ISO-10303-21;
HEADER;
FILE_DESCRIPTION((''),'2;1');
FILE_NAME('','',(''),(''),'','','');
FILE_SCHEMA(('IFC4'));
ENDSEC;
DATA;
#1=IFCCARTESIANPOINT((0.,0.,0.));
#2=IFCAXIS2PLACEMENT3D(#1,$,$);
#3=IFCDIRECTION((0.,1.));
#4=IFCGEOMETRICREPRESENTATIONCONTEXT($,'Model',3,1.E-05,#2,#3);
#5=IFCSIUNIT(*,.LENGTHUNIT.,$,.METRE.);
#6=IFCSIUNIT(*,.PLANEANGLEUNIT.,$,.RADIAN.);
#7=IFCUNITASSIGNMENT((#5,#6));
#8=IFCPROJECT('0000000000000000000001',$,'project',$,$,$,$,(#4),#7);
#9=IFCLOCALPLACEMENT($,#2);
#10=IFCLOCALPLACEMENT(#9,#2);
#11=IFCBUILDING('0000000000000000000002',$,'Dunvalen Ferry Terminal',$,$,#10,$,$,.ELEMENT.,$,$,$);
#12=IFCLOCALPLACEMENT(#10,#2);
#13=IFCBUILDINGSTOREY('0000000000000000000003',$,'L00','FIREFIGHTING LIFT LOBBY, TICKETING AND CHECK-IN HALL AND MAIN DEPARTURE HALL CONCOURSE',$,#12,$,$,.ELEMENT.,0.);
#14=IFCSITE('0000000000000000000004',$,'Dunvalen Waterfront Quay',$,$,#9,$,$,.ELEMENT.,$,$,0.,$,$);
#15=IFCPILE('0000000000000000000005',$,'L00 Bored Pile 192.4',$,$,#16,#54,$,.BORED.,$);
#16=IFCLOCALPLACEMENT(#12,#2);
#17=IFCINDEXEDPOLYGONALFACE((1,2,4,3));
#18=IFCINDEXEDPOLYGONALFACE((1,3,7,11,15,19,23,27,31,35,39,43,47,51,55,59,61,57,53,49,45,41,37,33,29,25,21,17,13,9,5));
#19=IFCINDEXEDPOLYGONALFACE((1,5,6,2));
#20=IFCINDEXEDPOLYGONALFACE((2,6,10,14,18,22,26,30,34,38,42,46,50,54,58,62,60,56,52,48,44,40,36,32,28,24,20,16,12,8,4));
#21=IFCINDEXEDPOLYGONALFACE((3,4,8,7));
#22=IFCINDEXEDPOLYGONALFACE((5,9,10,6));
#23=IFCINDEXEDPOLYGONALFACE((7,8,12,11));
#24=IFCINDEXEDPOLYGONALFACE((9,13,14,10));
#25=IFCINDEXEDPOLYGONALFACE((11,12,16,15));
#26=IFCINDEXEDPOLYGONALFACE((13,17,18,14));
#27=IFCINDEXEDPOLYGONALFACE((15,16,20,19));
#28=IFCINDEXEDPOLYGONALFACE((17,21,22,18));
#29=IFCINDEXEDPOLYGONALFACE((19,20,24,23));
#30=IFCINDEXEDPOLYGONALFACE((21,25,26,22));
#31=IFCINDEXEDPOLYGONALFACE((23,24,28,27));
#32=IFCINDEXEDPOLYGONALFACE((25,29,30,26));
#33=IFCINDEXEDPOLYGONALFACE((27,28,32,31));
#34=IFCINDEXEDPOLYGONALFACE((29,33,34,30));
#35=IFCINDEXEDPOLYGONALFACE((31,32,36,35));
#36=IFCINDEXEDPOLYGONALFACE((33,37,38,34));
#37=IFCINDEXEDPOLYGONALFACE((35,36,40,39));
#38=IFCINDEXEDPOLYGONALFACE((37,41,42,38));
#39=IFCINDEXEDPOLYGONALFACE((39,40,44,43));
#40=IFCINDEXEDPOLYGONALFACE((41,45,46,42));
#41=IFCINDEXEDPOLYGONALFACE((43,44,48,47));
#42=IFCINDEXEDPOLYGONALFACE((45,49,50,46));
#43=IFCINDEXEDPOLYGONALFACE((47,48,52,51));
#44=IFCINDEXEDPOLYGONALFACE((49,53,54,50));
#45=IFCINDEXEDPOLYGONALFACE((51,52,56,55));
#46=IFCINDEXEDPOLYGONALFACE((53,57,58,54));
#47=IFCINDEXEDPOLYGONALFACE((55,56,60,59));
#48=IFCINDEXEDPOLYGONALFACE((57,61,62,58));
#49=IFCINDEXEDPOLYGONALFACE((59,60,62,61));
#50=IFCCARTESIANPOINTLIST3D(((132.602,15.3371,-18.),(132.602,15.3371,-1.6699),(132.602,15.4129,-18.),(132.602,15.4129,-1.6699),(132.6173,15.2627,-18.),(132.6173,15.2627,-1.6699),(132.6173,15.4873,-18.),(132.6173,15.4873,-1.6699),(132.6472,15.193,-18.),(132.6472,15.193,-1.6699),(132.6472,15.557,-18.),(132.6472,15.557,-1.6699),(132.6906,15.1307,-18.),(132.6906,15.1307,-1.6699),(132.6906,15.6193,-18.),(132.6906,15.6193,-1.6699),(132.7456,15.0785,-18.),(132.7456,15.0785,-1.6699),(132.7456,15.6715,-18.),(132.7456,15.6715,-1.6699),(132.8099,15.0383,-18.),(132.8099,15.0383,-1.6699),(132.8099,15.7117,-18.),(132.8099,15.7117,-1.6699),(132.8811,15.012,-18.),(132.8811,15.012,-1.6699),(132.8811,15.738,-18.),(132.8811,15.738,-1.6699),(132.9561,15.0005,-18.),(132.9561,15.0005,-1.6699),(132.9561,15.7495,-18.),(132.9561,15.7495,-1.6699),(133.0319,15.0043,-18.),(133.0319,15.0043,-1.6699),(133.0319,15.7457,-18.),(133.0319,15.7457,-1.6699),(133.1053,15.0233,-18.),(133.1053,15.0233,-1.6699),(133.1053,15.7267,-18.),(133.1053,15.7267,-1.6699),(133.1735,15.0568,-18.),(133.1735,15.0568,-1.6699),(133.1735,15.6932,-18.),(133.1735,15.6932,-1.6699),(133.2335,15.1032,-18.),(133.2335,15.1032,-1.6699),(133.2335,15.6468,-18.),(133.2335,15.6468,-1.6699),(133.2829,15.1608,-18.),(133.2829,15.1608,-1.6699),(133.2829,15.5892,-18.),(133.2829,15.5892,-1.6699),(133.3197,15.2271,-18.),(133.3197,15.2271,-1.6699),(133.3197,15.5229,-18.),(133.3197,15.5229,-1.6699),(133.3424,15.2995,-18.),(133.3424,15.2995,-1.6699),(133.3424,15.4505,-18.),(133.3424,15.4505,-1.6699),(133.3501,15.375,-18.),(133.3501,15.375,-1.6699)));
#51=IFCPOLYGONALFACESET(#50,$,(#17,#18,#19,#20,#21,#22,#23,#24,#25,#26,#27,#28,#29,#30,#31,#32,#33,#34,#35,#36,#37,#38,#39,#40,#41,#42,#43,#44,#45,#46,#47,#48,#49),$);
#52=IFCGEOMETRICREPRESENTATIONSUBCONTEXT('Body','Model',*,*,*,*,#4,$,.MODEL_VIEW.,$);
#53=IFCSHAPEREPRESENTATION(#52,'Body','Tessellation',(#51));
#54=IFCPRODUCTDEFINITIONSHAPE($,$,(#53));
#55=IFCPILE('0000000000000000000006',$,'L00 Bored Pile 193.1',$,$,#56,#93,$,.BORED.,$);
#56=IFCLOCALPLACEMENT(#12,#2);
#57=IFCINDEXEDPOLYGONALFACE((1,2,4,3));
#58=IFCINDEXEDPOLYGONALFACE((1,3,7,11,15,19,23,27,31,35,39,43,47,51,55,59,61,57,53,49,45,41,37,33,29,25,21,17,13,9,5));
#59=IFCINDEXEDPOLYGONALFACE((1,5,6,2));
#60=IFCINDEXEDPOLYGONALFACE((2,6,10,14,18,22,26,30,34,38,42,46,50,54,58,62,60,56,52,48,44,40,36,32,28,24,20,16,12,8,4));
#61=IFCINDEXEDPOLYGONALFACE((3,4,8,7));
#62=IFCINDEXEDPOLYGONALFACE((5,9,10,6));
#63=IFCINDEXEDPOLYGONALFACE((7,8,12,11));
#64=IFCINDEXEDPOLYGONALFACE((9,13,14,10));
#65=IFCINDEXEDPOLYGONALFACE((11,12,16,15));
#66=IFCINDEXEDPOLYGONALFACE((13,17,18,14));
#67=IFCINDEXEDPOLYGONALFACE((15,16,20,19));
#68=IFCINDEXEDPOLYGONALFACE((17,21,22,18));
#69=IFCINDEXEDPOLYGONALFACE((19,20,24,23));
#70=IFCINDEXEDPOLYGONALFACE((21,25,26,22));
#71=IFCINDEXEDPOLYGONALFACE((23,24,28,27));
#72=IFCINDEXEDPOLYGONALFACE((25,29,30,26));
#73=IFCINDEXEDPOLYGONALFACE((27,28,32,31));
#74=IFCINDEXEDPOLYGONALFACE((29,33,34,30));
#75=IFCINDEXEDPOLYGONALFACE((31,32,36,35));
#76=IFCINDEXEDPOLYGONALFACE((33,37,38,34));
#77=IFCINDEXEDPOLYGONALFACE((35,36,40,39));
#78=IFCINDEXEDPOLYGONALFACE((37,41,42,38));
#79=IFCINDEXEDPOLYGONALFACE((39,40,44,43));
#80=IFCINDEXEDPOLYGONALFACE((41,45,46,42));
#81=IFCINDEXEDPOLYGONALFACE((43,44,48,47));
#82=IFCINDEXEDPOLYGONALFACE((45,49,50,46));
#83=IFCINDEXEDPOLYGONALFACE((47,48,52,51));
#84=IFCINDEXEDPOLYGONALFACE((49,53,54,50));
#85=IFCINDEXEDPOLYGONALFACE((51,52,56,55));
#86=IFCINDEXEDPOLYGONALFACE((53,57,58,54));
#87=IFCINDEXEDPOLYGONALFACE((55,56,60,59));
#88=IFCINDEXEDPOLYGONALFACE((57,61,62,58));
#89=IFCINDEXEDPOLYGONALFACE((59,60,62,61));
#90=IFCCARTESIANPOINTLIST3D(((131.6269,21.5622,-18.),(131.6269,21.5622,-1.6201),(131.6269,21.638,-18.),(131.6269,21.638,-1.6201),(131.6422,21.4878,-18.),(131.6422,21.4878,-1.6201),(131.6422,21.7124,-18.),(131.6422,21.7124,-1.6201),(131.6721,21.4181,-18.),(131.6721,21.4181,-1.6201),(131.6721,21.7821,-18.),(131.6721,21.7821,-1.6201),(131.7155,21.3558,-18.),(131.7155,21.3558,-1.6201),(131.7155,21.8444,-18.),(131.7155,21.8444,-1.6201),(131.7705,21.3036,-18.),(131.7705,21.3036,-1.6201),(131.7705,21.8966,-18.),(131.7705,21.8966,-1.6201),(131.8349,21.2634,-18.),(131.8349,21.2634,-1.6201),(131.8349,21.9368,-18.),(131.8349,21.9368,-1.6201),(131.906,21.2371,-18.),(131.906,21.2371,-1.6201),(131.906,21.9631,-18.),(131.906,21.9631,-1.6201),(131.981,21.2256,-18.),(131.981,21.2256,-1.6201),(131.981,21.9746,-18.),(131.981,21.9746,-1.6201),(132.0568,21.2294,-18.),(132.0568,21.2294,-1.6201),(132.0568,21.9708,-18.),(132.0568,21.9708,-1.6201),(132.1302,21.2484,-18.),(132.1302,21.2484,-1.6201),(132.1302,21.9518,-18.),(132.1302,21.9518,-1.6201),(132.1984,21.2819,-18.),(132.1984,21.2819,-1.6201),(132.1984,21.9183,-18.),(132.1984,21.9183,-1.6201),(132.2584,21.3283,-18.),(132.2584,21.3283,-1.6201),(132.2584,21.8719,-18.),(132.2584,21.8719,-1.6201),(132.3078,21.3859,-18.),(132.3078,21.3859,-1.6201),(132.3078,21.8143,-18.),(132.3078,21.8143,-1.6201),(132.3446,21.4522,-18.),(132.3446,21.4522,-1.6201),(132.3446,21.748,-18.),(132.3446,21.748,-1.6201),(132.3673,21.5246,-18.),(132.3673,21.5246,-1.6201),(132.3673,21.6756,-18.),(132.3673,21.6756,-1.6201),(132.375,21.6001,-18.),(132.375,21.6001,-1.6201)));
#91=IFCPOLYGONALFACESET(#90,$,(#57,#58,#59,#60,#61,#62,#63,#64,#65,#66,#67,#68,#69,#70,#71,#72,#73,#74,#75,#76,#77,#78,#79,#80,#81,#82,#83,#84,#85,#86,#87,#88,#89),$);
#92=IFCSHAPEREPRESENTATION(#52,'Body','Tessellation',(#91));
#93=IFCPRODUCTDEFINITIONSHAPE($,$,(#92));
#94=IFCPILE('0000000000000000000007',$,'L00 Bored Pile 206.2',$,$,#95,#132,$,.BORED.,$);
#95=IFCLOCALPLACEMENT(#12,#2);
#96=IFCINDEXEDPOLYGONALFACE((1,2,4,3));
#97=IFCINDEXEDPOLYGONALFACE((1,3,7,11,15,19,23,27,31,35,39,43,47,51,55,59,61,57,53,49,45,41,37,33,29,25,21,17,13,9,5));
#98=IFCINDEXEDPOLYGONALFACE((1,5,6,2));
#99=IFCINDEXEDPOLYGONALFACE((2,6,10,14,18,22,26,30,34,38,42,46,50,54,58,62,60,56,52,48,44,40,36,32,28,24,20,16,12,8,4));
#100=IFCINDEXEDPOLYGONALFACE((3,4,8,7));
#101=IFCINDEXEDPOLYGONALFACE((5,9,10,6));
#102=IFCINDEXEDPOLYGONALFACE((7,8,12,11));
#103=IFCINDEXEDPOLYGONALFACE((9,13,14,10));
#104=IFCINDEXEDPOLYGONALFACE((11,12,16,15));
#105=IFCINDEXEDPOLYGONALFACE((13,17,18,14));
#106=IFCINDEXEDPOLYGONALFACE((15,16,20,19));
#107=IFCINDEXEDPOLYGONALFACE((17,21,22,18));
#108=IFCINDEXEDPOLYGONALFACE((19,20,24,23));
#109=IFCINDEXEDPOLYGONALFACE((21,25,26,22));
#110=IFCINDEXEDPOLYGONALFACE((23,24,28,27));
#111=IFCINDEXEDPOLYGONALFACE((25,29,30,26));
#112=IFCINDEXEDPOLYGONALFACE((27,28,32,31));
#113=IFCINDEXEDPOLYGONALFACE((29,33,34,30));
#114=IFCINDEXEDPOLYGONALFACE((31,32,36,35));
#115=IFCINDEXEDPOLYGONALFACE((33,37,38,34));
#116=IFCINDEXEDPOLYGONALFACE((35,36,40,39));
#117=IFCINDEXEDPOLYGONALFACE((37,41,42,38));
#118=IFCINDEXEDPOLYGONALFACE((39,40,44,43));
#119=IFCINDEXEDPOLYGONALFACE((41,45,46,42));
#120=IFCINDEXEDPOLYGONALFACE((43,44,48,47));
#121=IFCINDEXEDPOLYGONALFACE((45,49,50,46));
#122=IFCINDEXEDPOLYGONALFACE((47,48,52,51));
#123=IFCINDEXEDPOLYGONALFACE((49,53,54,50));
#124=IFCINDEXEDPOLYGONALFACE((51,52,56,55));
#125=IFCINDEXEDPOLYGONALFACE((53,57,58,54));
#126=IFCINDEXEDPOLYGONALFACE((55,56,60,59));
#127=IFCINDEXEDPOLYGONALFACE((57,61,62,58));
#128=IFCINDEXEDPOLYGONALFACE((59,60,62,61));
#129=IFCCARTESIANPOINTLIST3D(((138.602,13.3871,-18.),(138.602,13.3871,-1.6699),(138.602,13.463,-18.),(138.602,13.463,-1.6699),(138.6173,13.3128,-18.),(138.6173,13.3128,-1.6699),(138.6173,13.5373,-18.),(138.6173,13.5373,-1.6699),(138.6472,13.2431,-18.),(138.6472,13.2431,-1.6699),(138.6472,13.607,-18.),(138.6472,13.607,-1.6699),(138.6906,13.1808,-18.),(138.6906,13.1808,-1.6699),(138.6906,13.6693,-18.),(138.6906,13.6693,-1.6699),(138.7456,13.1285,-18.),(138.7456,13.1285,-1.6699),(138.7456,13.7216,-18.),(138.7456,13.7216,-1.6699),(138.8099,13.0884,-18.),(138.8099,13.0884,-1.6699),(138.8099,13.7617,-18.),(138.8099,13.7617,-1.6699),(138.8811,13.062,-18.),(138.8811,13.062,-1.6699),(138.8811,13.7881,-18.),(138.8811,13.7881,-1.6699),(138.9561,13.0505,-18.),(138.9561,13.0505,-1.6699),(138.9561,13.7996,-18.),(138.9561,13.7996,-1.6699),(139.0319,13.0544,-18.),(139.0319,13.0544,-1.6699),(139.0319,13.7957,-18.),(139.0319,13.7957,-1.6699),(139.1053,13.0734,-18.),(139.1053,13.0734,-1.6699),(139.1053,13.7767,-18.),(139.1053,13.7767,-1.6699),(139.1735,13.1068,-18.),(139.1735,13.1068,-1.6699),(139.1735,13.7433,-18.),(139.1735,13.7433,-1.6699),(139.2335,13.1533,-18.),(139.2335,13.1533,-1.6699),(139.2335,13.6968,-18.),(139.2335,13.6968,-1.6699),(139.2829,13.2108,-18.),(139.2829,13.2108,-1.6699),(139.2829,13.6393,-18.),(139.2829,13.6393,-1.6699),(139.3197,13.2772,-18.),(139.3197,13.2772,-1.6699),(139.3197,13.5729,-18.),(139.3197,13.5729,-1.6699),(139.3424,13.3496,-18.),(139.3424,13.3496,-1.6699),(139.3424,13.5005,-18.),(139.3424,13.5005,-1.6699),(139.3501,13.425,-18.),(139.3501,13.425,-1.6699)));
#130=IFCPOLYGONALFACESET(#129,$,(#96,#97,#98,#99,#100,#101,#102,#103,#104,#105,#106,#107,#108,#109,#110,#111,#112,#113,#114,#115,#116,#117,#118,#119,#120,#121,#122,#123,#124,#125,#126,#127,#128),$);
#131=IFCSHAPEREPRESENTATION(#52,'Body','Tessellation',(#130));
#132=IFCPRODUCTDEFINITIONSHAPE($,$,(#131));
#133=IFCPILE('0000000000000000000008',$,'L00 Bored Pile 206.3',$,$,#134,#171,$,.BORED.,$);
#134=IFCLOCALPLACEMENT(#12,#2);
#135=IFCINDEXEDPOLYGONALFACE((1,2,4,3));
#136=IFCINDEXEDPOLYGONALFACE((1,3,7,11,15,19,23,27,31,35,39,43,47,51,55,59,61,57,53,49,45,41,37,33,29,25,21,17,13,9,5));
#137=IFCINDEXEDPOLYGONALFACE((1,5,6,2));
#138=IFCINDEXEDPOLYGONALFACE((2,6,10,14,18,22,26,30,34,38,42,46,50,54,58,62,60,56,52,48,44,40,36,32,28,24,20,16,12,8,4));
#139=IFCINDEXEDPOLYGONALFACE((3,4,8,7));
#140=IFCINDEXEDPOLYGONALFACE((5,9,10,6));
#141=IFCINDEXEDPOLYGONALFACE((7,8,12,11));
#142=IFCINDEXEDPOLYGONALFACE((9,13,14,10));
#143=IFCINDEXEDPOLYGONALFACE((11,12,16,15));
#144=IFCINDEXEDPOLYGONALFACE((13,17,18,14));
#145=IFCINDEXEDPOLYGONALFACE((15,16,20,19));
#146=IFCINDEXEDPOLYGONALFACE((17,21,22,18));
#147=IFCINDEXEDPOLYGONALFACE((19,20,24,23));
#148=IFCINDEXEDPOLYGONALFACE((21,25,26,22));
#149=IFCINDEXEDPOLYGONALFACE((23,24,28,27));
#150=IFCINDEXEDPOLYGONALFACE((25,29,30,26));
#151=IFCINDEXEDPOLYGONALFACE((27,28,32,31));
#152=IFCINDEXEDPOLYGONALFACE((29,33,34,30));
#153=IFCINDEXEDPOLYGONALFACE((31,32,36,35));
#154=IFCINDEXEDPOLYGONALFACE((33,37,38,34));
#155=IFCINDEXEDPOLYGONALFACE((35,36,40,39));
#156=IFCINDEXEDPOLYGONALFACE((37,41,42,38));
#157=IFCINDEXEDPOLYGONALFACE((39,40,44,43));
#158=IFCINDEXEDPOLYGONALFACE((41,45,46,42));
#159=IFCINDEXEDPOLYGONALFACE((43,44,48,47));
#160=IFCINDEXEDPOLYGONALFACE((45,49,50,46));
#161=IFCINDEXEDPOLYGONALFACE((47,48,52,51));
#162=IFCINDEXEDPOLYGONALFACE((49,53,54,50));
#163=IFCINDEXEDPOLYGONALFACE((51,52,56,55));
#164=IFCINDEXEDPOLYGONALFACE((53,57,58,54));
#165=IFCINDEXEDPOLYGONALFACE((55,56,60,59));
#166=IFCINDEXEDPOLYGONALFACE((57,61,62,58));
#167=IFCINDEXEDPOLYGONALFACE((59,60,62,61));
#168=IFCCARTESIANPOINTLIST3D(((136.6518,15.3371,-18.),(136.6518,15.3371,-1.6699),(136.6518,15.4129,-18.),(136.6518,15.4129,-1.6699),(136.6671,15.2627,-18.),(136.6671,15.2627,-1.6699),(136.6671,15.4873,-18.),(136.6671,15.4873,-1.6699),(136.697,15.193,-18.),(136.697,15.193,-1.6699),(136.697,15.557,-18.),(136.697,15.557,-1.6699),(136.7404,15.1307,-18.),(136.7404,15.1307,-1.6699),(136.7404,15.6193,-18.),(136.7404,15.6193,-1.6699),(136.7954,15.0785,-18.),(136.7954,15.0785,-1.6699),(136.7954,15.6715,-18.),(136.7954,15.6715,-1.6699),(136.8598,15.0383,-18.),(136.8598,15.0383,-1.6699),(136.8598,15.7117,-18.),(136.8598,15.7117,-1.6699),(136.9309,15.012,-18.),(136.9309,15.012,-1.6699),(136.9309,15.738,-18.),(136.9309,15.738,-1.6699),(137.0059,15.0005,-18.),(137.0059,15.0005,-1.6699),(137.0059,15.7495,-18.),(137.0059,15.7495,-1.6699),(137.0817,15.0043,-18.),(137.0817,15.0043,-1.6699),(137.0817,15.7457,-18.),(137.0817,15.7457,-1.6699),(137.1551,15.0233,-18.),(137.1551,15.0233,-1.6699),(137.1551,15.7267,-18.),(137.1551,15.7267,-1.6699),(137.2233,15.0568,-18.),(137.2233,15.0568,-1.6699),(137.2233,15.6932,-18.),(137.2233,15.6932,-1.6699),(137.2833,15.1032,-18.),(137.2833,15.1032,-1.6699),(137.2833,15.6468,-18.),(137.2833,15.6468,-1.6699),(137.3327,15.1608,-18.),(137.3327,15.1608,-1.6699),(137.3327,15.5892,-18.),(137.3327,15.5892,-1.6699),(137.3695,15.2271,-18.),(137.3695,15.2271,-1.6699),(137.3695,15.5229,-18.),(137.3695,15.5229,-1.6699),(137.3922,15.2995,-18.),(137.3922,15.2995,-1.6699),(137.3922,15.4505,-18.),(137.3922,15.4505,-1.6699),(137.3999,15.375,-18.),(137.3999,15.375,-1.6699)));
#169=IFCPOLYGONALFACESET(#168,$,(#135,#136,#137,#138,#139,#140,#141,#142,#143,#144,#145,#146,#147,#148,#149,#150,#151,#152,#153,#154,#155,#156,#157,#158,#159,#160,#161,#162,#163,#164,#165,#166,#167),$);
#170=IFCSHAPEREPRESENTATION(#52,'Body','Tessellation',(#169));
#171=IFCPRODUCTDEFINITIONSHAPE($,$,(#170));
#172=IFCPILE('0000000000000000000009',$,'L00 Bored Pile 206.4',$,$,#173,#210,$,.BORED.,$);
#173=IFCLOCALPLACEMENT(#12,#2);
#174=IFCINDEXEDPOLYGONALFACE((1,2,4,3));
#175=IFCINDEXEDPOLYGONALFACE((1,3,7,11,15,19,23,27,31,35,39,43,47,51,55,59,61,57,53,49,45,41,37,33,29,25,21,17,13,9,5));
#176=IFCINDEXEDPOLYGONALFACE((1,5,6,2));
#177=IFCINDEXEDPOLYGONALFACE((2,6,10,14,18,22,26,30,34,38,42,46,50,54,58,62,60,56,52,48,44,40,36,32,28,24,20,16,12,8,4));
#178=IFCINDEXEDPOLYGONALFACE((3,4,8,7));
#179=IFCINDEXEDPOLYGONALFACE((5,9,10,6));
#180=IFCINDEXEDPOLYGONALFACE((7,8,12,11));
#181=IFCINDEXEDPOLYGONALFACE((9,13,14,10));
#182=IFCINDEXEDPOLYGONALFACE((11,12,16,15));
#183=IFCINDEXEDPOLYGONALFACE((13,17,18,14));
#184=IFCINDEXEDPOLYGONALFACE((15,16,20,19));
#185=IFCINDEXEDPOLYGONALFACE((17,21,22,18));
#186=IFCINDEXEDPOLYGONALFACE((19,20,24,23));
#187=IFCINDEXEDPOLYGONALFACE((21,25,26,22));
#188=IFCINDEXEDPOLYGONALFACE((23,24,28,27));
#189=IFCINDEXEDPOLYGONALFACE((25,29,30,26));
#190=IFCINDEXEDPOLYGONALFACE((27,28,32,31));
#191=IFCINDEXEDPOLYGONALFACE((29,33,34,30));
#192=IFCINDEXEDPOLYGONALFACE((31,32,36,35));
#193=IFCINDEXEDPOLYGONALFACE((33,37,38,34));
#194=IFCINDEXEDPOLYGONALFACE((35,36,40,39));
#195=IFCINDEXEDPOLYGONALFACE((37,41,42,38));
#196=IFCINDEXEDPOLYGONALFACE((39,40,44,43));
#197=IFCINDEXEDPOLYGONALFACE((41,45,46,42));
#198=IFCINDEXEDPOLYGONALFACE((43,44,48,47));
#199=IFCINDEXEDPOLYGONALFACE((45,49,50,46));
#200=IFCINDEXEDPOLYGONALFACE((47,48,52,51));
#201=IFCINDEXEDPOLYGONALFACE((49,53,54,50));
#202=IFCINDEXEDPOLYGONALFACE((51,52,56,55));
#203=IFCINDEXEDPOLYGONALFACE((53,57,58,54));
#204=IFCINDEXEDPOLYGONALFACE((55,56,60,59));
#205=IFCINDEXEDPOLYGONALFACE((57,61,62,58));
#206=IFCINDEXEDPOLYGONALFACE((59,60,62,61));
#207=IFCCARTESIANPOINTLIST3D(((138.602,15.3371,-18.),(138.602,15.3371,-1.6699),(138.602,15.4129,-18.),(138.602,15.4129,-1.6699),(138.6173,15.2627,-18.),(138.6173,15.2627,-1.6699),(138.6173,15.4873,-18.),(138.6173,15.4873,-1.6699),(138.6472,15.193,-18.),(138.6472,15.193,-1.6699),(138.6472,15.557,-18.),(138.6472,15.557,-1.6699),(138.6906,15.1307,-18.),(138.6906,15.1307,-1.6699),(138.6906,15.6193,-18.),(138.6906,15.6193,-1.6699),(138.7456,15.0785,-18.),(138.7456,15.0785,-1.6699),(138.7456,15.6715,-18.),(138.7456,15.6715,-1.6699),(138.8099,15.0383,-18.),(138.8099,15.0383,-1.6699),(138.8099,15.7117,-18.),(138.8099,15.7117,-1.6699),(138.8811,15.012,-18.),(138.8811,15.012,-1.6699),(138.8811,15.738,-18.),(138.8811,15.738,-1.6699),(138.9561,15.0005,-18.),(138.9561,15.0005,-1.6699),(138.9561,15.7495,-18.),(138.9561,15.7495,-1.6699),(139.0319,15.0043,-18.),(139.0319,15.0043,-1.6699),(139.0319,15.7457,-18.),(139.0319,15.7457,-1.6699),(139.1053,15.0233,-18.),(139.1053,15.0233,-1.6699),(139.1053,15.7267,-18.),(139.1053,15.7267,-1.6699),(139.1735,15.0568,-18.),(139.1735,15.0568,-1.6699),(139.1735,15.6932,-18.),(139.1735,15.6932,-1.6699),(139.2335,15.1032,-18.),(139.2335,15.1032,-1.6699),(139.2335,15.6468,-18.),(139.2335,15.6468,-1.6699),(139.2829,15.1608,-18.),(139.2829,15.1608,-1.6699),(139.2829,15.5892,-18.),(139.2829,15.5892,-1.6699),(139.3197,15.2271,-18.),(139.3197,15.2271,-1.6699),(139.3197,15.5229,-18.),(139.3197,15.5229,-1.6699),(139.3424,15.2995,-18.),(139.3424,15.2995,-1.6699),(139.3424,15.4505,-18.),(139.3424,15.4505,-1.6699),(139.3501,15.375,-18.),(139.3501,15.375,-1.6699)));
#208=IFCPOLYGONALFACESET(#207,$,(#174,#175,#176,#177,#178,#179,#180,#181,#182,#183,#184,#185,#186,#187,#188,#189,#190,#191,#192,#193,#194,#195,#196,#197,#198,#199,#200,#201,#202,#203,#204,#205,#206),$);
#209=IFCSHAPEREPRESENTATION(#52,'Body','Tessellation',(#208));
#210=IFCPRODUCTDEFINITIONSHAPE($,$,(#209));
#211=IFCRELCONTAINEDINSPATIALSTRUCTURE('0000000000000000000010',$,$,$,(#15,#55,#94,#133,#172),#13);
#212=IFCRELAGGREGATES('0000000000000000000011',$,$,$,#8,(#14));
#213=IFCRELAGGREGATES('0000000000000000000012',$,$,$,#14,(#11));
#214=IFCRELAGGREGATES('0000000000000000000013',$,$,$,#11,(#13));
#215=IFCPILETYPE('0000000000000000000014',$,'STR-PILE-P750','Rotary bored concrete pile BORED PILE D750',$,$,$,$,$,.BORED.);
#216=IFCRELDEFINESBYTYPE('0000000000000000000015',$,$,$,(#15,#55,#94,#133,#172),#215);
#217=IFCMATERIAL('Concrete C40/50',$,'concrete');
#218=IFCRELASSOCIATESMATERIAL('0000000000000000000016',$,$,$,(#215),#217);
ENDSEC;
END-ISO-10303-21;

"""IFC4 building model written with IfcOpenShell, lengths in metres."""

from ifc_helpers import new_model, si_unit, direction, frame, origin, origin_2d, place, context, subcontext, project, spatial, circle, extrude, material, material_profile, profile_set, type_object, element, save


model = new_model("IFC4")

# Units and contexts
model_context = context("Model", 3, precision=1e-05, world=origin(), true_north=direction((0.0, 1.0)))
body_context = subcontext(model_context, "Body", "Model", "MODEL_VIEW")
ifc_project = project(units=[si_unit("LENGTHUNIT", "METRE"), si_unit("PLANEANGLEUNIT", "RADIAN")], contexts=[model_context])

# Site, building, storey
site_placement = place(None, origin())
site = spatial("IfcSite", under=ifc_project, at=site_placement, Name="Dunvalen Waterfront Quay", CompositionType="ELEMENT", RefElevation=0.0)
building_placement = place(site_placement, origin())
building = spatial("IfcBuilding", under=site, at=building_placement, Name="Dunvalen Ferry Terminal", CompositionType="ELEMENT")
storey_placement = place(building_placement, origin())
storey = spatial("IfcBuildingStorey", under=building, at=storey_placement, Name="L00", Description="FIREFIGHTING LIFT LOBBY, TICKETING AND CHECK-IN HALL AND MAIN DEPARTURE HALL CONCOURSE", CompositionType="ELEMENT", Elevation=0.0)

# Shared definitions
ifc_material = material(Name="Concrete C40/50", Category="concrete")

# Piles
ifc_material_profile_1 = material_profile(ifc_material, circle(Radius=0.375, at=origin_2d()), Name="Concrete C40/50")
ifc_profile_set_1 = profile_set([ifc_material_profile_1], Name="Concrete C40/50")
pile_type = type_object("IfcPileType", Name="STR-PILE-P750", Description="Rotary bored concrete pile BORED PILE D750", PredefinedType="BORED", material=ifc_profile_set_1)
for number, where, z_axis, x_axis, name in (
    (1, (132.9751, 15.375, -1.6699), (0.0, 0.0, -1.0), (1.0, 0.0, 0.0), "L00 Bored Pile 192.4"),
):
    element("IfcPile", number, at=place(storey_placement, frame(where, z_axis=z_axis, x_axis=x_axis)), inside=storey, type_object=pile_type, Name=name, PredefinedType="BORED", context=body_context, shape_type="SweptSolid", body=[
        extrude(circle(Radius=0.375, at=origin_2d()), origin(), (0.0, 0.0, 1.0), 16.3301),
    ])
pile_1_placement = place(storey_placement, frame((132.0, 21.6001, -1.6201), z_axis=(0.0, 0.0, -1.0), x_axis=(1.0, 0.0, 0.0)))
element("IfcPile", 2, at=pile_1_placement, inside=storey, type_object=pile_type, Name="L00 Bored Pile 193.1", PredefinedType="BORED", context=body_context, shape_type="SweptSolid", body=[
    extrude(circle(Radius=0.375, at=origin_2d()), origin(), (0.0, 0.0, 1.0), 16.3799),
])
for number, where, z_axis, x_axis, name in (
    (3, (138.9751, 13.425, -1.6699), (0.0, 0.0, -1.0), (1.0, 0.0, 0.0), "L00 Bored Pile 206.2"),
    (4, (137.0249, 15.375, -1.6699), (0.0, 0.0, -1.0), (1.0, 0.0, 0.0), "L00 Bored Pile 206.3"),
    (5, (138.9751, 15.375, -1.6699), (0.0, 0.0, -1.0), (1.0, 0.0, 0.0), "L00 Bored Pile 206.4"),
):
    element("IfcPile", number, at=place(storey_placement, frame(where, z_axis=z_axis, x_axis=x_axis)), inside=storey, type_object=pile_type, Name=name, PredefinedType="BORED", context=body_context, shape_type="SweptSolid", body=[
        extrude(circle(Radius=0.375, at=origin_2d()), origin(), (0.0, 0.0, 1.0), 16.3301),
    ])

save(model, "model.ifc")
